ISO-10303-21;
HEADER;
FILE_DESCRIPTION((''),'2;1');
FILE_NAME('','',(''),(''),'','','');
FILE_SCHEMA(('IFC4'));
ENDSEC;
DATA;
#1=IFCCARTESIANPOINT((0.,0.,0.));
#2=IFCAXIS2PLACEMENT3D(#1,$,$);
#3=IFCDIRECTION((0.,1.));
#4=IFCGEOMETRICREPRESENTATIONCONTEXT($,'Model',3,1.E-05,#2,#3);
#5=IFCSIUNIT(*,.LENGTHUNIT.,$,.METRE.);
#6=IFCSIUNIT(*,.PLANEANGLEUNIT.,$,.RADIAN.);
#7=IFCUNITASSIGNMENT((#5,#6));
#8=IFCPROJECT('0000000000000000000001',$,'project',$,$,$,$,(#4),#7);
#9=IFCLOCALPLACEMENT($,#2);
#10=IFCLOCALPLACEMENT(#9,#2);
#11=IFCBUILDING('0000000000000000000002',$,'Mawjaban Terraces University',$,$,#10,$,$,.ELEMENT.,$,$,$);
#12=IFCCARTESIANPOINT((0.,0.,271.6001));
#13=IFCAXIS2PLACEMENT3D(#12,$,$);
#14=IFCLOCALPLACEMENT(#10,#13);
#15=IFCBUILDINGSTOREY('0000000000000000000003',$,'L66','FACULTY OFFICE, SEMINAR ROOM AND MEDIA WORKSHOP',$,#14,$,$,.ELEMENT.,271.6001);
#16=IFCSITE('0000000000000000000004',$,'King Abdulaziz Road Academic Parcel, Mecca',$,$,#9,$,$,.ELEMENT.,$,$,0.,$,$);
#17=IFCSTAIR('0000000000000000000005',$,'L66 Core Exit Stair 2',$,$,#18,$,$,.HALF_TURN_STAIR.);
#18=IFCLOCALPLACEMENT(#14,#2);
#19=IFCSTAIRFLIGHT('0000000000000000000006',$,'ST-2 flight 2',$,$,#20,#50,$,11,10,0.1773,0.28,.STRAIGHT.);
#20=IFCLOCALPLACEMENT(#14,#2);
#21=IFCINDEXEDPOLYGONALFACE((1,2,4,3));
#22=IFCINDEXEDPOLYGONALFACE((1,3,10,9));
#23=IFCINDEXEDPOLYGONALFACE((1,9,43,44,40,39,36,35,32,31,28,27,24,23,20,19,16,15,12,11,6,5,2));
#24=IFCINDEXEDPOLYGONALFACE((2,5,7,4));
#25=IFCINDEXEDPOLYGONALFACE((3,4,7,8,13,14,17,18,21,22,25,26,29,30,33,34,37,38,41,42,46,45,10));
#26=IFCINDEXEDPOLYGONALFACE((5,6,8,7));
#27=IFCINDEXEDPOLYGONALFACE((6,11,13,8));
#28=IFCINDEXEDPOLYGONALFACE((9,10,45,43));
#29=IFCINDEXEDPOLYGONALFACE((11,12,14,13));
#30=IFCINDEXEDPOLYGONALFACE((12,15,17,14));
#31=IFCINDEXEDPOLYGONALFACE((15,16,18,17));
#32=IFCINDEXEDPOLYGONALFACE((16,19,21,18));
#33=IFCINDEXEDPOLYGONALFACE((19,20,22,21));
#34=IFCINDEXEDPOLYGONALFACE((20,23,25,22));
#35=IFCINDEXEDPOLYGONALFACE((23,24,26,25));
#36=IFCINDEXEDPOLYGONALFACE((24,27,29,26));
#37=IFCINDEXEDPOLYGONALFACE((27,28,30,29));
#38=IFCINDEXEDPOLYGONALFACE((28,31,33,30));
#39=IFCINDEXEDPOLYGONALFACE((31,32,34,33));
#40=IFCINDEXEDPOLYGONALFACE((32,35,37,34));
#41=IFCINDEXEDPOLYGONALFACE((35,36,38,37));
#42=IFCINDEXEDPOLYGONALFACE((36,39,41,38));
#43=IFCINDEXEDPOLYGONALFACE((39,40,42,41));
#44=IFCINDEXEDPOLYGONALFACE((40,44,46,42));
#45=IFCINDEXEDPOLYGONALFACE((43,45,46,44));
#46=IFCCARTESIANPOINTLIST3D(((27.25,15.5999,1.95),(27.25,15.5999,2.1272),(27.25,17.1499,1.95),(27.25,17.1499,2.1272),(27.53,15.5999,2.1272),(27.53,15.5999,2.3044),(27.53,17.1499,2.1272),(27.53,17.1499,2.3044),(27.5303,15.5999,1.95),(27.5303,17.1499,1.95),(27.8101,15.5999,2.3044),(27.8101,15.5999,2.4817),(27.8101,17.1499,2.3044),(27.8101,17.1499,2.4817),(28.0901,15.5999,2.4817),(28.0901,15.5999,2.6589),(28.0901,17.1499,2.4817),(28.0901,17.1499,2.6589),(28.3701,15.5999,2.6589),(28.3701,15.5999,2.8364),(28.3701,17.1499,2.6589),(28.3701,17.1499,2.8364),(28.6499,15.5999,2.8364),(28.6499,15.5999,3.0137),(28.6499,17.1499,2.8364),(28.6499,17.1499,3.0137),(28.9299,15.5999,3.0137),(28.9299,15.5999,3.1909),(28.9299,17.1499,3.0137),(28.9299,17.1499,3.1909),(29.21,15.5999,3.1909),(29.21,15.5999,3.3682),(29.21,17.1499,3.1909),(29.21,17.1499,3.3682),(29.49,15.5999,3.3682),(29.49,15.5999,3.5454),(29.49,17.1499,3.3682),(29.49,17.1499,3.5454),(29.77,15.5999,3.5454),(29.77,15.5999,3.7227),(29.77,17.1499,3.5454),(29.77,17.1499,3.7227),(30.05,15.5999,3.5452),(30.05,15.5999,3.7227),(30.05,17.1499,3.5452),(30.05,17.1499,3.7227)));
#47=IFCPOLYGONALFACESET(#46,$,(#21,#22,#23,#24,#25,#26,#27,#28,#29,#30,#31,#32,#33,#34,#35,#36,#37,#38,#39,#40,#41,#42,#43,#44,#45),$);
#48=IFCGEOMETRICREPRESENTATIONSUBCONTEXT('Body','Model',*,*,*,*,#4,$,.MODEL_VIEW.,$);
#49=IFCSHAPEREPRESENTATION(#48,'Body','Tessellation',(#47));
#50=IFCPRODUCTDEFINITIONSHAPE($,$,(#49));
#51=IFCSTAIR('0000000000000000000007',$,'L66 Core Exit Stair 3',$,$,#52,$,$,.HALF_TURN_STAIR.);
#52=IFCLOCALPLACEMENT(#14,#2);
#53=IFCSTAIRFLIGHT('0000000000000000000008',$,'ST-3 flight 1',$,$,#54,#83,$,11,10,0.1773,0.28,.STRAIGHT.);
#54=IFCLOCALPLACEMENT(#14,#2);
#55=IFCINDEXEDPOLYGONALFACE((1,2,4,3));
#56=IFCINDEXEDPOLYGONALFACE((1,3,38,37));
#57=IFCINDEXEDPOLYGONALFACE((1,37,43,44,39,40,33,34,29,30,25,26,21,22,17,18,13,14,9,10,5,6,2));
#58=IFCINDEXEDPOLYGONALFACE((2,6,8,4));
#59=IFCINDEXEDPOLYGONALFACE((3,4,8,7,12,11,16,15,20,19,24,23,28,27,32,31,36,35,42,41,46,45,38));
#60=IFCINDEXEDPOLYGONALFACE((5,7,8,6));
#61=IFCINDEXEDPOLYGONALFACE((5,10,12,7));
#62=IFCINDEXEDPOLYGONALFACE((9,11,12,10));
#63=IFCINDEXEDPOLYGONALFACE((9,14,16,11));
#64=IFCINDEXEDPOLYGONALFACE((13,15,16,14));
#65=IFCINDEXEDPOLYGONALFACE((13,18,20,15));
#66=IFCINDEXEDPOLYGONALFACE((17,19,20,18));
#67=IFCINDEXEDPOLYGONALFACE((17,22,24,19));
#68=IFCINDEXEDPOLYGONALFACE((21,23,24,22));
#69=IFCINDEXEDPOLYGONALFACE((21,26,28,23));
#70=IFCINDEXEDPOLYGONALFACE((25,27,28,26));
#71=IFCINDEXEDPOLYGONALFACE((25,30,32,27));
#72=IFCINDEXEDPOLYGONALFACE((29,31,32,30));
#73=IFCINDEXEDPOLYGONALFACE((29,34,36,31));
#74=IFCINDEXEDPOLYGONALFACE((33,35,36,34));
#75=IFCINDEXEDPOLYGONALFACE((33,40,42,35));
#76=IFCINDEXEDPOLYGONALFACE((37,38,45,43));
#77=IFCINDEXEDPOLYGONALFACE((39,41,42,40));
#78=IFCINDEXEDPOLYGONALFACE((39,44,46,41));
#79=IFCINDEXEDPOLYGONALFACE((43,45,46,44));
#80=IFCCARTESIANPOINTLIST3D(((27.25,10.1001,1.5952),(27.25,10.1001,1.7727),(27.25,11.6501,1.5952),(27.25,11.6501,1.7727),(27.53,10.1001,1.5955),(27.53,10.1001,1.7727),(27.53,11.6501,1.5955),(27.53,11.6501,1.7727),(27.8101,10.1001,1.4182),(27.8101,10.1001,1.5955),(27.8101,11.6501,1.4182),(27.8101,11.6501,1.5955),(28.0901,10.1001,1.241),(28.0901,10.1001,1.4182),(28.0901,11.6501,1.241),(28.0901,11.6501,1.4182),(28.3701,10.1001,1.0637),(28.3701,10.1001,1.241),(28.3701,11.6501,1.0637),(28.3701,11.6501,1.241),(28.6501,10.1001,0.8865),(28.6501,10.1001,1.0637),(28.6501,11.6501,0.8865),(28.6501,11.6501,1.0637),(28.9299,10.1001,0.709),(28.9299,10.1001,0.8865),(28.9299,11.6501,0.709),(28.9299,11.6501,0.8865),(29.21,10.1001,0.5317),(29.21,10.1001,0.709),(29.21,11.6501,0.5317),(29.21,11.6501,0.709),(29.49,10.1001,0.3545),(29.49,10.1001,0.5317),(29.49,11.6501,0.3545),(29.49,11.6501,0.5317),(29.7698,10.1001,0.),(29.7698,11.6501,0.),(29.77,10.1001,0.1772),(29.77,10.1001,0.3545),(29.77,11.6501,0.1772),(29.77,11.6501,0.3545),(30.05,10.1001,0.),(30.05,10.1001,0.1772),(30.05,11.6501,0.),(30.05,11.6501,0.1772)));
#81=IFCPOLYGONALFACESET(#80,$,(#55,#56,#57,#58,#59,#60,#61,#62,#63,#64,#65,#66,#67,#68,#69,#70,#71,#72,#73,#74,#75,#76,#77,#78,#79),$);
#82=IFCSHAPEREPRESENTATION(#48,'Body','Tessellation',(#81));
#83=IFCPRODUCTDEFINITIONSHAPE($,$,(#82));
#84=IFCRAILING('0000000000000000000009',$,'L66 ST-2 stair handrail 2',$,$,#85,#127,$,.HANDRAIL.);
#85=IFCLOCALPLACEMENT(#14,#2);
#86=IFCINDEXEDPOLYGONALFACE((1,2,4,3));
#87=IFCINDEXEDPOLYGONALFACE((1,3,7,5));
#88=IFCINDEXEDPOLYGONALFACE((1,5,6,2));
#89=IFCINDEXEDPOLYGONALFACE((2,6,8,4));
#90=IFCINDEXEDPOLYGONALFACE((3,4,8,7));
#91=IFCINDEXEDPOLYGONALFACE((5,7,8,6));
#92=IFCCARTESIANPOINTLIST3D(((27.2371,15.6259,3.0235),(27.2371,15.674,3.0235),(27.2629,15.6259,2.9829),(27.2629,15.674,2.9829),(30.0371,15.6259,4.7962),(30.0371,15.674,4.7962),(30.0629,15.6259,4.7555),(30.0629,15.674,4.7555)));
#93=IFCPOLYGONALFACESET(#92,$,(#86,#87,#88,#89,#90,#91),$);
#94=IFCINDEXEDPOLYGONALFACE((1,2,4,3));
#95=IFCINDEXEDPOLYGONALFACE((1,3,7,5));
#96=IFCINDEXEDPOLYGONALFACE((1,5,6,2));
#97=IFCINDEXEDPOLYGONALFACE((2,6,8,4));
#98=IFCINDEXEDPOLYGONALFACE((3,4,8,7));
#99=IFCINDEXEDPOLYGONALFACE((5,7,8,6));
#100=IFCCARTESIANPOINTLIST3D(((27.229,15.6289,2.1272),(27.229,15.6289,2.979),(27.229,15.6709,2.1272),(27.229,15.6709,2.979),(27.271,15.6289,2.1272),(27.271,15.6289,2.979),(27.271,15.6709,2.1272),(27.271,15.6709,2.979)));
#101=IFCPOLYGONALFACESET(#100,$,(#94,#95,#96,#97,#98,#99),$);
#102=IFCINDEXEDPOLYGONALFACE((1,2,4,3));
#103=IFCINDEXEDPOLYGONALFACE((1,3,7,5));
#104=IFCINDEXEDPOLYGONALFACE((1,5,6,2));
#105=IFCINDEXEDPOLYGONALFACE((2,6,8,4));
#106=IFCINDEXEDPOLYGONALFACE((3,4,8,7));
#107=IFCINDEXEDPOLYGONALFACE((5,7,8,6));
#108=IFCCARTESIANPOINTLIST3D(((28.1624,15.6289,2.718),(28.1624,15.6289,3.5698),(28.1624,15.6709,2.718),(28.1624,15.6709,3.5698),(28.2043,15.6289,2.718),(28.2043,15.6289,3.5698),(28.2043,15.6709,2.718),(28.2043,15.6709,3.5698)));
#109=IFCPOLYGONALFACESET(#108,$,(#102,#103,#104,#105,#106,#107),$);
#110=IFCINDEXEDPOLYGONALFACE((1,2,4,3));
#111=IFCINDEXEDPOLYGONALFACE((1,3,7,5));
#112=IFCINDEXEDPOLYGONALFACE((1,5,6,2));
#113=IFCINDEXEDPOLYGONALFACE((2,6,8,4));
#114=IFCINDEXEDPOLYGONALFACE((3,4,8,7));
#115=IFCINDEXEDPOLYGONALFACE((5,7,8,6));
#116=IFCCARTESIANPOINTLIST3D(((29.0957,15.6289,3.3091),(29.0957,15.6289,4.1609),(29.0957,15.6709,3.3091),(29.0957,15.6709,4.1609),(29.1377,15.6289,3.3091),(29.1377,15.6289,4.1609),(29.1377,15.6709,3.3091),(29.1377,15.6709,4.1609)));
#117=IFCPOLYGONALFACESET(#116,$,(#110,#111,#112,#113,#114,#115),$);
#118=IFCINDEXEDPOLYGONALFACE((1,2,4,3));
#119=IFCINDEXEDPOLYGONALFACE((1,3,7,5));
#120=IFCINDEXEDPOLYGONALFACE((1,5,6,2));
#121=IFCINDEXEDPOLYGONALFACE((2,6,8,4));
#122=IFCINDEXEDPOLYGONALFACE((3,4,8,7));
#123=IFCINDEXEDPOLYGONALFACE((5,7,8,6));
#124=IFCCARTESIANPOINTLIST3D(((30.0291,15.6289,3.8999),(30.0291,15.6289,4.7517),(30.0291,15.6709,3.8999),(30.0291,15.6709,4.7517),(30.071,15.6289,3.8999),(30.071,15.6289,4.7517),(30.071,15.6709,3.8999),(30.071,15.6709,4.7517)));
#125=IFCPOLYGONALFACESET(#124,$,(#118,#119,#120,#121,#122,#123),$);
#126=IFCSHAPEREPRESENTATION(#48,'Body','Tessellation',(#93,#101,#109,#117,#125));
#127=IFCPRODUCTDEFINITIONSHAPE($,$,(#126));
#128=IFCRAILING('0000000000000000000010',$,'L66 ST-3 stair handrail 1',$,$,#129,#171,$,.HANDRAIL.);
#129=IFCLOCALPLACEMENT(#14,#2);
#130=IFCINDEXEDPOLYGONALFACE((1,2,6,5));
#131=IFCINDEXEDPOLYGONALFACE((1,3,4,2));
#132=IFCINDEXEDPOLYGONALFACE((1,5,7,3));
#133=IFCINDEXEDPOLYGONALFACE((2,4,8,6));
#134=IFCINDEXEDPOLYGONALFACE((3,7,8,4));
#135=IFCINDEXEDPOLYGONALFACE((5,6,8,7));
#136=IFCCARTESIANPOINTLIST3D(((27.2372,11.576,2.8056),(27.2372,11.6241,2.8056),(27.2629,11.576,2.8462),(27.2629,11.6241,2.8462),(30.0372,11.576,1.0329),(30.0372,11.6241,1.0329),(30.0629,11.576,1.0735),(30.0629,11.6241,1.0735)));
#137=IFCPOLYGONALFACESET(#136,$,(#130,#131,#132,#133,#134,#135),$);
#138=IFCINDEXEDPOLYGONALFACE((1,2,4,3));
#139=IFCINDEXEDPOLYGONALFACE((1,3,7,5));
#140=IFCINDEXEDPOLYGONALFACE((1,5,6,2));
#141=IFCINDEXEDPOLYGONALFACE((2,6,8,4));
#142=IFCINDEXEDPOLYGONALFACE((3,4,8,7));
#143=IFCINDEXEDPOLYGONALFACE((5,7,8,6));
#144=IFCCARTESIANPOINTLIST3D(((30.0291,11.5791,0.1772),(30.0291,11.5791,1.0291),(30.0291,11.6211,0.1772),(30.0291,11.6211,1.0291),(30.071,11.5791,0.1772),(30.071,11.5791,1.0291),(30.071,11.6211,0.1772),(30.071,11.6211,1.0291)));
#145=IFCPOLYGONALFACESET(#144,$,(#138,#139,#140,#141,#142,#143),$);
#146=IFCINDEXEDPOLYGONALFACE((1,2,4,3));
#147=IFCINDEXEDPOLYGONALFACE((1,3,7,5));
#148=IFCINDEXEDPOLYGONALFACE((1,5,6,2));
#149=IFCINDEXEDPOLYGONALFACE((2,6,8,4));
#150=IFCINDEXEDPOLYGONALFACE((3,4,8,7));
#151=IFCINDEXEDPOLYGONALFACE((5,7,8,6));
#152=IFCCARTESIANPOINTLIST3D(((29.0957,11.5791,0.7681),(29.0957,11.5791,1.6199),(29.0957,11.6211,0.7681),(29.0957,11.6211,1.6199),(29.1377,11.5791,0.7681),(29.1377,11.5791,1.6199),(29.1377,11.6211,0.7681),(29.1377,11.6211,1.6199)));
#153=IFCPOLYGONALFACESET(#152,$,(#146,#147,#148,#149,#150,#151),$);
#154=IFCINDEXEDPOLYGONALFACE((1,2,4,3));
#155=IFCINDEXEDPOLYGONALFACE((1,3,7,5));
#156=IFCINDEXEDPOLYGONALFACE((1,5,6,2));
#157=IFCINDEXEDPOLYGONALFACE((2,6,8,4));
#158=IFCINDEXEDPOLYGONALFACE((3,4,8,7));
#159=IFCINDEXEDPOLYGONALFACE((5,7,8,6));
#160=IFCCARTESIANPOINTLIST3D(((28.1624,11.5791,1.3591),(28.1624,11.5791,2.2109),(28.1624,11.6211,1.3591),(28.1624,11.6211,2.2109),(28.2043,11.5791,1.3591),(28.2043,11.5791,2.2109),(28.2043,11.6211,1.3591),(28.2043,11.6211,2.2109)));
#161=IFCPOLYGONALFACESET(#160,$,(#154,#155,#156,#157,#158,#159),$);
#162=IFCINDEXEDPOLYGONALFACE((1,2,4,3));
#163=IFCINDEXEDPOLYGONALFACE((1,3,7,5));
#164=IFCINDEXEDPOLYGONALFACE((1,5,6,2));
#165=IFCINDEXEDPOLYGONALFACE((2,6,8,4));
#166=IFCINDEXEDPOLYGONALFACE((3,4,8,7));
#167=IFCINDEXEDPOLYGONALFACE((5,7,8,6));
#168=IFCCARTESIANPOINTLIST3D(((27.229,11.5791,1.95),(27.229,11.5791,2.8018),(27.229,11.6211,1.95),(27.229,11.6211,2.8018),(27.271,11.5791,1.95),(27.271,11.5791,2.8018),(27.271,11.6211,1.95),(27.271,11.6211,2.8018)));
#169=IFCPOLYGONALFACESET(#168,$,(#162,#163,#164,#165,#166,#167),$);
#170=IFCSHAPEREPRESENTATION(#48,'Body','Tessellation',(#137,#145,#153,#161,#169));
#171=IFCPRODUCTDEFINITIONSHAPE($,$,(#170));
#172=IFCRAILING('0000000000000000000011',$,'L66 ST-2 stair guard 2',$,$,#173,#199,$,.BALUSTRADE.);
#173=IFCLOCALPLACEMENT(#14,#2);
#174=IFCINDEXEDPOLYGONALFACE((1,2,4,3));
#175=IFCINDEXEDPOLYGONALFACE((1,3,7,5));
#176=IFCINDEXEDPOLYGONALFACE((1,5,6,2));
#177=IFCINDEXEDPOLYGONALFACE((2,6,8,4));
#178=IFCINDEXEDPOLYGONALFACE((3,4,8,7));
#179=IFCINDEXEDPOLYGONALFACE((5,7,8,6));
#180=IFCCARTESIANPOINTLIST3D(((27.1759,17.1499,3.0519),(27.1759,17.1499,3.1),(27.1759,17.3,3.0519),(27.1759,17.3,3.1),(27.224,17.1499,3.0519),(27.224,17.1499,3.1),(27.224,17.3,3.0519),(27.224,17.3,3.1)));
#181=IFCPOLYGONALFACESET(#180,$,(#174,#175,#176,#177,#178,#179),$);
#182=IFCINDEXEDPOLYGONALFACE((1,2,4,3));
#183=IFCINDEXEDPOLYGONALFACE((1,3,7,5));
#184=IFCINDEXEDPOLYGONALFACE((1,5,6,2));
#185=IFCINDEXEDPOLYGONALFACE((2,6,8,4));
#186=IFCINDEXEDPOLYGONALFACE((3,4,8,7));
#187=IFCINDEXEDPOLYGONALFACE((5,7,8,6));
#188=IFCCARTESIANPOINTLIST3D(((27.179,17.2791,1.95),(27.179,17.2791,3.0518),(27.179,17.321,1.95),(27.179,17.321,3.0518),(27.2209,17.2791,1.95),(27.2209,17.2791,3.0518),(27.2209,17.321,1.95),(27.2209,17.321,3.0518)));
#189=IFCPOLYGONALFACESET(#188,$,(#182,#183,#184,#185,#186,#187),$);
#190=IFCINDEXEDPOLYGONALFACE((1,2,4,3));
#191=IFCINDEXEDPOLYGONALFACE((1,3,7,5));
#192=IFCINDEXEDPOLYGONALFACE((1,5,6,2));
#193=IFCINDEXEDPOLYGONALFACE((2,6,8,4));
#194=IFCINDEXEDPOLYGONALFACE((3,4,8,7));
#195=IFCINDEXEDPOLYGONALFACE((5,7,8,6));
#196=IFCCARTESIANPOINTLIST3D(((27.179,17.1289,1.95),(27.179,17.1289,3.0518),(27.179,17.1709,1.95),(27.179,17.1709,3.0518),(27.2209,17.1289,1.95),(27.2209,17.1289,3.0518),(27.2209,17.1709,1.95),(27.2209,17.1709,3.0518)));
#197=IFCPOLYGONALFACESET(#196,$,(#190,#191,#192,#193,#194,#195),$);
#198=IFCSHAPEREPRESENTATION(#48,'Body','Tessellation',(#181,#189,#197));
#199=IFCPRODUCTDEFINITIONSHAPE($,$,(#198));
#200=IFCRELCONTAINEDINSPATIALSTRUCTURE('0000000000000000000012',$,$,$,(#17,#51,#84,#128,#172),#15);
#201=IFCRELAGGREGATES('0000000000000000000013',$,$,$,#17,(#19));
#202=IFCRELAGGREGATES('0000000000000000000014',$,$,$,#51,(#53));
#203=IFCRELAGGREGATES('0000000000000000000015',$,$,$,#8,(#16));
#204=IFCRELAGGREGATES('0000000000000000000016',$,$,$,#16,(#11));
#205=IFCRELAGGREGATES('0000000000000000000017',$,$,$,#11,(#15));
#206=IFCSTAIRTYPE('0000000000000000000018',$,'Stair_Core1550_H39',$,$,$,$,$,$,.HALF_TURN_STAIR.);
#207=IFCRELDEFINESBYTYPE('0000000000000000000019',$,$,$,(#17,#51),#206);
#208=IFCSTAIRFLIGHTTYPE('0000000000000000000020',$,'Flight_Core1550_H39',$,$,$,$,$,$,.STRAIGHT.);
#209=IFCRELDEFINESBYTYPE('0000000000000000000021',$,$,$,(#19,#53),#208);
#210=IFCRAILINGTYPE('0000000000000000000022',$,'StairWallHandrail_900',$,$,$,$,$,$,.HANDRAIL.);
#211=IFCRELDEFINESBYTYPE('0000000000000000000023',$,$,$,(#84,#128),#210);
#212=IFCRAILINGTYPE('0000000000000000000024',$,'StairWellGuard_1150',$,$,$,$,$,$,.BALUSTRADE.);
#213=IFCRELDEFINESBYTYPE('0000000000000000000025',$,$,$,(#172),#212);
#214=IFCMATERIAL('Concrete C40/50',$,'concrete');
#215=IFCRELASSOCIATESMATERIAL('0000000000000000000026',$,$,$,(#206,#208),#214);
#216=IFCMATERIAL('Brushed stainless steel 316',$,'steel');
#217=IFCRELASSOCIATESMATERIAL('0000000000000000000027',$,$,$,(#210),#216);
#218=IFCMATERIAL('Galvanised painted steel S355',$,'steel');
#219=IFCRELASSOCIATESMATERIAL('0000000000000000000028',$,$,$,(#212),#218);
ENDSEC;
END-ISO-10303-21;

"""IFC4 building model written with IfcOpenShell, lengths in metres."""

from ifc_helpers import new_model, si_unit, direction, frame, origin, origin_2d, place, context, subcontext, project, spatial, polyline, rectangle, outline, extrude, material, type_object, element, aggregate, save


model = new_model("IFC4")

# Units and contexts
model_context = context("Model", 3, precision=1e-05, world=origin(), true_north=direction((0.0, 1.0)))
body_context = subcontext(model_context, "Body", "Model", "MODEL_VIEW")
ifc_project = project(units=[si_unit("LENGTHUNIT", "METRE"), si_unit("PLANEANGLEUNIT", "RADIAN")], contexts=[model_context])

# Site, building, storey
site_placement = place(None, origin())
site = spatial("IfcSite", under=ifc_project, at=site_placement, Name="King Abdulaziz Road Academic Parcel, Mecca", CompositionType="ELEMENT", RefElevation=0.0)
building_placement = place(site_placement, origin())
building = spatial("IfcBuilding", under=site, at=building_placement, Name="Mawjaban Terraces University", CompositionType="ELEMENT")
storey_placement = place(building_placement, frame((0.0, 0.0, 271.6001)))
storey = spatial("IfcBuildingStorey", under=building, at=storey_placement, Name="L66", Description="FACULTY OFFICE, SEMINAR ROOM AND MEDIA WORKSHOP", CompositionType="ELEMENT", Elevation=271.6001)

# Shared definitions
ifc_material_1 = material(Name="Concrete C40/50", Category="concrete")

# Stairs, stair flights
stair_type = type_object("IfcStairType", Name="Stair_Core1550_H39", PredefinedType="HALF_TURN_STAIR", material=ifc_material_1)
stair_1_placement = place(storey_placement, origin())
stair_1 = element("IfcStair", 1, at=stair_1_placement, inside=storey, type_object=stair_type, Name="L66 Core Exit Stair 2", PredefinedType="HALF_TURN_STAIR")
stair_flight_type = type_object("IfcStairFlightType", Name="Flight_Core1550_H39", PredefinedType="STRAIGHT", material=ifc_material_1)
stair_flight_1_placement = place(storey_placement, frame((27.25, 16.375, 1.95), z_axis=(0.0, 0.0, 1.0), x_axis=(1.0, 0.0, 0.0)))
stair_flight_1 = element("IfcStairFlight", 2, at=stair_flight_1_placement, type_object=stair_flight_type, Name="ST-2 flight 2", NumberOfRisers=11, NumberOfTreads=10, PredefinedType="STRAIGHT", RiserHeight=0.1773, TreadLength=0.28, context=body_context, shape_type="SweptSolid", body=[
    extrude(outline(polyline([(0.0, 0.0), (0.0, 0.1772), (0.28, 0.1772), (0.28, 0.3545), (0.5601, 0.3545), (0.5601, 0.5317), (0.8401, 0.5317), (0.8401, 0.709), (1.1201, 0.709), (1.1201, 0.8865), (1.3999, 0.8865), (1.3999, 1.0637), (1.6799, 1.0637), (1.6799, 1.241), (1.96, 1.241), (1.96, 1.4182), (2.24, 1.4182), (2.24, 1.5955), (2.52, 1.5955), (2.52, 1.7727), (2.8, 1.7727), (2.8, 1.95), (2.8, 1.5952), (0.2803, 0.0), (0.0, 0.0)])), frame((0.0, 0.7749, 0.0), z_axis=(0.0, -1.0, 0.0), x_axis=(1.0, 0.0, 0.0)), (0.0, 0.0, 1.0), 1.55),
])
aggregate(stair_1, [stair_flight_1])
stair_2_placement = place(storey_placement, origin())
stair_2 = element("IfcStair", 3, at=stair_2_placement, inside=storey, type_object=stair_type, Name="L66 Core Exit Stair 3", PredefinedType="HALF_TURN_STAIR")
stair_flight_2_placement = place(storey_placement, frame((30.05, 10.875, 0.0), z_axis=(0.0, 0.0, 1.0), x_axis=(-1.0, 0.0, 0.0)))
stair_flight_2 = element("IfcStairFlight", 4, at=stair_flight_2_placement, type_object=stair_flight_type, Name="ST-3 flight 1", NumberOfRisers=11, NumberOfTreads=10, PredefinedType="STRAIGHT", RiserHeight=0.1773, TreadLength=0.28, context=body_context, shape_type="SweptSolid", body=[
    extrude(outline(polyline([(0.0, 0.0), (0.0, 0.1772), (0.28, 0.1772), (0.28, 0.3545), (0.5601, 0.3545), (0.5601, 0.5317), (0.8401, 0.5317), (0.8401, 0.709), (1.1201, 0.709), (1.1201, 0.8865), (1.3999, 0.8865), (1.3999, 1.0637), (1.6799, 1.0637), (1.6799, 1.241), (1.96, 1.241), (1.96, 1.4182), (2.24, 1.4182), (2.24, 1.5955), (2.52, 1.5955), (2.52, 1.7727), (2.8, 1.7727), (2.8, 1.95), (2.8, 1.5952), (0.2803, 0.0), (0.0, 0.0)])), frame((0.0, 0.7749, 0.0), z_axis=(0.0, -1.0, 0.0), x_axis=(1.0, 0.0, 0.0)), (0.0, 0.0, 1.0), 1.55),
])
aggregate(stair_2, [stair_flight_2])

# Railings
ifc_material_2 = material(Name="Brushed stainless steel 316", Category="steel")
railing_type_1 = type_object("IfcRailingType", Name="StairWallHandrail_900", PredefinedType="HANDRAIL", material=ifc_material_2)
railing_1_placement = place(storey_placement, frame((27.25, 15.6499, 2.1272)))
element("IfcRailing", 5, at=railing_1_placement, inside=storey, type_object=railing_type_1, Name="L66 ST-2 stair handrail 2", PredefinedType="HANDRAIL", context=body_context, shape_type="SweptSolid", body=[
    extrude(rectangle(XDim=0.0481, YDim=0.0481, at=origin_2d()), frame((0.0, 0.0, 0.876), z_axis=(0.844909, 0.0, 0.53491), x_axis=(0.0, 1.0, 0.0)), (0.0, 0.0, 1.0), 3.314),
    extrude(rectangle(XDim=0.042, YDim=0.042, at=origin_2d()), origin(), (0.0, 0.0, 1.0), 0.8518),
    extrude(rectangle(XDim=0.042, YDim=0.042, at=origin_2d()), frame((0.9333, 0.0, 0.5908)), (0.0, 0.0, 1.0), 0.8518),
    extrude(rectangle(XDim=0.042, YDim=0.042, at=origin_2d()), frame((1.8667, 0.0, 1.1819)), (0.0, 0.0, 1.0), 0.8518),
    extrude(rectangle(XDim=0.042, YDim=0.042, at=origin_2d()), frame((2.8, 0.0, 1.7727)), (0.0, 0.0, 1.0), 0.8518),
])
railing_2_placement = place(storey_placement, frame((30.05, 11.6001, 0.1772)))
element("IfcRailing", 6, at=railing_2_placement, inside=storey, type_object=railing_type_1, Name="L66 ST-3 stair handrail 1", PredefinedType="HANDRAIL", context=body_context, shape_type="SweptSolid", body=[
    extrude(rectangle(XDim=0.0481, YDim=0.0481, at=origin_2d()), frame((0.0, 0.0, 0.876), z_axis=(-0.844909, 0.0, 0.53491), x_axis=(0.0, -1.0, 0.0)), (0.0, 0.0, 1.0), 3.314),
    extrude(rectangle(XDim=0.042, YDim=0.042, at=origin_2d()), origin(), (0.0, 0.0, 1.0), 0.8518),
    extrude(rectangle(XDim=0.042, YDim=0.042, at=origin_2d()), frame((-0.9333, 0.0, 0.5908)), (0.0, 0.0, 1.0), 0.8518),
    extrude(rectangle(XDim=0.042, YDim=0.042, at=origin_2d()), frame((-1.8667, 0.0, 1.1819)), (0.0, 0.0, 1.0), 0.8518),
    extrude(rectangle(XDim=0.042, YDim=0.042, at=origin_2d()), frame((-2.8, 0.0, 1.7727)), (0.0, 0.0, 1.0), 0.8518),
])
ifc_material_3 = material(Name="Galvanised painted steel S355", Category="steel")
railing_type_2 = type_object("IfcRailingType", Name="StairWellGuard_1150", PredefinedType="BALUSTRADE", material=ifc_material_3)
railing_3_placement = place(storey_placement, frame((27.2, 17.3, 1.95)))
element("IfcRailing", 7, at=railing_3_placement, inside=storey, type_object=railing_type_2, Name="L66 ST-2 stair guard 2", PredefinedType="BALUSTRADE", context=body_context, shape_type="SweptSolid", body=[
    extrude(rectangle(XDim=0.0481, YDim=0.0481, at=origin_2d()), frame((0.0, 0.0, 1.126), z_axis=(0.0, -1.0, 0.0), x_axis=(1.0, 0.0, 0.0)), (0.0, 0.0, 1.0), 0.1501),
    extrude(rectangle(XDim=0.042, YDim=0.042, at=origin_2d()), origin(), (0.0, 0.0, 1.0), 1.1018),
    extrude(rectangle(XDim=0.042, YDim=0.042, at=origin_2d()), frame((0.0, -0.1501, 0.0)), (0.0, 0.0, 1.0), 1.1018),
])

save(model, "model.ifc")
